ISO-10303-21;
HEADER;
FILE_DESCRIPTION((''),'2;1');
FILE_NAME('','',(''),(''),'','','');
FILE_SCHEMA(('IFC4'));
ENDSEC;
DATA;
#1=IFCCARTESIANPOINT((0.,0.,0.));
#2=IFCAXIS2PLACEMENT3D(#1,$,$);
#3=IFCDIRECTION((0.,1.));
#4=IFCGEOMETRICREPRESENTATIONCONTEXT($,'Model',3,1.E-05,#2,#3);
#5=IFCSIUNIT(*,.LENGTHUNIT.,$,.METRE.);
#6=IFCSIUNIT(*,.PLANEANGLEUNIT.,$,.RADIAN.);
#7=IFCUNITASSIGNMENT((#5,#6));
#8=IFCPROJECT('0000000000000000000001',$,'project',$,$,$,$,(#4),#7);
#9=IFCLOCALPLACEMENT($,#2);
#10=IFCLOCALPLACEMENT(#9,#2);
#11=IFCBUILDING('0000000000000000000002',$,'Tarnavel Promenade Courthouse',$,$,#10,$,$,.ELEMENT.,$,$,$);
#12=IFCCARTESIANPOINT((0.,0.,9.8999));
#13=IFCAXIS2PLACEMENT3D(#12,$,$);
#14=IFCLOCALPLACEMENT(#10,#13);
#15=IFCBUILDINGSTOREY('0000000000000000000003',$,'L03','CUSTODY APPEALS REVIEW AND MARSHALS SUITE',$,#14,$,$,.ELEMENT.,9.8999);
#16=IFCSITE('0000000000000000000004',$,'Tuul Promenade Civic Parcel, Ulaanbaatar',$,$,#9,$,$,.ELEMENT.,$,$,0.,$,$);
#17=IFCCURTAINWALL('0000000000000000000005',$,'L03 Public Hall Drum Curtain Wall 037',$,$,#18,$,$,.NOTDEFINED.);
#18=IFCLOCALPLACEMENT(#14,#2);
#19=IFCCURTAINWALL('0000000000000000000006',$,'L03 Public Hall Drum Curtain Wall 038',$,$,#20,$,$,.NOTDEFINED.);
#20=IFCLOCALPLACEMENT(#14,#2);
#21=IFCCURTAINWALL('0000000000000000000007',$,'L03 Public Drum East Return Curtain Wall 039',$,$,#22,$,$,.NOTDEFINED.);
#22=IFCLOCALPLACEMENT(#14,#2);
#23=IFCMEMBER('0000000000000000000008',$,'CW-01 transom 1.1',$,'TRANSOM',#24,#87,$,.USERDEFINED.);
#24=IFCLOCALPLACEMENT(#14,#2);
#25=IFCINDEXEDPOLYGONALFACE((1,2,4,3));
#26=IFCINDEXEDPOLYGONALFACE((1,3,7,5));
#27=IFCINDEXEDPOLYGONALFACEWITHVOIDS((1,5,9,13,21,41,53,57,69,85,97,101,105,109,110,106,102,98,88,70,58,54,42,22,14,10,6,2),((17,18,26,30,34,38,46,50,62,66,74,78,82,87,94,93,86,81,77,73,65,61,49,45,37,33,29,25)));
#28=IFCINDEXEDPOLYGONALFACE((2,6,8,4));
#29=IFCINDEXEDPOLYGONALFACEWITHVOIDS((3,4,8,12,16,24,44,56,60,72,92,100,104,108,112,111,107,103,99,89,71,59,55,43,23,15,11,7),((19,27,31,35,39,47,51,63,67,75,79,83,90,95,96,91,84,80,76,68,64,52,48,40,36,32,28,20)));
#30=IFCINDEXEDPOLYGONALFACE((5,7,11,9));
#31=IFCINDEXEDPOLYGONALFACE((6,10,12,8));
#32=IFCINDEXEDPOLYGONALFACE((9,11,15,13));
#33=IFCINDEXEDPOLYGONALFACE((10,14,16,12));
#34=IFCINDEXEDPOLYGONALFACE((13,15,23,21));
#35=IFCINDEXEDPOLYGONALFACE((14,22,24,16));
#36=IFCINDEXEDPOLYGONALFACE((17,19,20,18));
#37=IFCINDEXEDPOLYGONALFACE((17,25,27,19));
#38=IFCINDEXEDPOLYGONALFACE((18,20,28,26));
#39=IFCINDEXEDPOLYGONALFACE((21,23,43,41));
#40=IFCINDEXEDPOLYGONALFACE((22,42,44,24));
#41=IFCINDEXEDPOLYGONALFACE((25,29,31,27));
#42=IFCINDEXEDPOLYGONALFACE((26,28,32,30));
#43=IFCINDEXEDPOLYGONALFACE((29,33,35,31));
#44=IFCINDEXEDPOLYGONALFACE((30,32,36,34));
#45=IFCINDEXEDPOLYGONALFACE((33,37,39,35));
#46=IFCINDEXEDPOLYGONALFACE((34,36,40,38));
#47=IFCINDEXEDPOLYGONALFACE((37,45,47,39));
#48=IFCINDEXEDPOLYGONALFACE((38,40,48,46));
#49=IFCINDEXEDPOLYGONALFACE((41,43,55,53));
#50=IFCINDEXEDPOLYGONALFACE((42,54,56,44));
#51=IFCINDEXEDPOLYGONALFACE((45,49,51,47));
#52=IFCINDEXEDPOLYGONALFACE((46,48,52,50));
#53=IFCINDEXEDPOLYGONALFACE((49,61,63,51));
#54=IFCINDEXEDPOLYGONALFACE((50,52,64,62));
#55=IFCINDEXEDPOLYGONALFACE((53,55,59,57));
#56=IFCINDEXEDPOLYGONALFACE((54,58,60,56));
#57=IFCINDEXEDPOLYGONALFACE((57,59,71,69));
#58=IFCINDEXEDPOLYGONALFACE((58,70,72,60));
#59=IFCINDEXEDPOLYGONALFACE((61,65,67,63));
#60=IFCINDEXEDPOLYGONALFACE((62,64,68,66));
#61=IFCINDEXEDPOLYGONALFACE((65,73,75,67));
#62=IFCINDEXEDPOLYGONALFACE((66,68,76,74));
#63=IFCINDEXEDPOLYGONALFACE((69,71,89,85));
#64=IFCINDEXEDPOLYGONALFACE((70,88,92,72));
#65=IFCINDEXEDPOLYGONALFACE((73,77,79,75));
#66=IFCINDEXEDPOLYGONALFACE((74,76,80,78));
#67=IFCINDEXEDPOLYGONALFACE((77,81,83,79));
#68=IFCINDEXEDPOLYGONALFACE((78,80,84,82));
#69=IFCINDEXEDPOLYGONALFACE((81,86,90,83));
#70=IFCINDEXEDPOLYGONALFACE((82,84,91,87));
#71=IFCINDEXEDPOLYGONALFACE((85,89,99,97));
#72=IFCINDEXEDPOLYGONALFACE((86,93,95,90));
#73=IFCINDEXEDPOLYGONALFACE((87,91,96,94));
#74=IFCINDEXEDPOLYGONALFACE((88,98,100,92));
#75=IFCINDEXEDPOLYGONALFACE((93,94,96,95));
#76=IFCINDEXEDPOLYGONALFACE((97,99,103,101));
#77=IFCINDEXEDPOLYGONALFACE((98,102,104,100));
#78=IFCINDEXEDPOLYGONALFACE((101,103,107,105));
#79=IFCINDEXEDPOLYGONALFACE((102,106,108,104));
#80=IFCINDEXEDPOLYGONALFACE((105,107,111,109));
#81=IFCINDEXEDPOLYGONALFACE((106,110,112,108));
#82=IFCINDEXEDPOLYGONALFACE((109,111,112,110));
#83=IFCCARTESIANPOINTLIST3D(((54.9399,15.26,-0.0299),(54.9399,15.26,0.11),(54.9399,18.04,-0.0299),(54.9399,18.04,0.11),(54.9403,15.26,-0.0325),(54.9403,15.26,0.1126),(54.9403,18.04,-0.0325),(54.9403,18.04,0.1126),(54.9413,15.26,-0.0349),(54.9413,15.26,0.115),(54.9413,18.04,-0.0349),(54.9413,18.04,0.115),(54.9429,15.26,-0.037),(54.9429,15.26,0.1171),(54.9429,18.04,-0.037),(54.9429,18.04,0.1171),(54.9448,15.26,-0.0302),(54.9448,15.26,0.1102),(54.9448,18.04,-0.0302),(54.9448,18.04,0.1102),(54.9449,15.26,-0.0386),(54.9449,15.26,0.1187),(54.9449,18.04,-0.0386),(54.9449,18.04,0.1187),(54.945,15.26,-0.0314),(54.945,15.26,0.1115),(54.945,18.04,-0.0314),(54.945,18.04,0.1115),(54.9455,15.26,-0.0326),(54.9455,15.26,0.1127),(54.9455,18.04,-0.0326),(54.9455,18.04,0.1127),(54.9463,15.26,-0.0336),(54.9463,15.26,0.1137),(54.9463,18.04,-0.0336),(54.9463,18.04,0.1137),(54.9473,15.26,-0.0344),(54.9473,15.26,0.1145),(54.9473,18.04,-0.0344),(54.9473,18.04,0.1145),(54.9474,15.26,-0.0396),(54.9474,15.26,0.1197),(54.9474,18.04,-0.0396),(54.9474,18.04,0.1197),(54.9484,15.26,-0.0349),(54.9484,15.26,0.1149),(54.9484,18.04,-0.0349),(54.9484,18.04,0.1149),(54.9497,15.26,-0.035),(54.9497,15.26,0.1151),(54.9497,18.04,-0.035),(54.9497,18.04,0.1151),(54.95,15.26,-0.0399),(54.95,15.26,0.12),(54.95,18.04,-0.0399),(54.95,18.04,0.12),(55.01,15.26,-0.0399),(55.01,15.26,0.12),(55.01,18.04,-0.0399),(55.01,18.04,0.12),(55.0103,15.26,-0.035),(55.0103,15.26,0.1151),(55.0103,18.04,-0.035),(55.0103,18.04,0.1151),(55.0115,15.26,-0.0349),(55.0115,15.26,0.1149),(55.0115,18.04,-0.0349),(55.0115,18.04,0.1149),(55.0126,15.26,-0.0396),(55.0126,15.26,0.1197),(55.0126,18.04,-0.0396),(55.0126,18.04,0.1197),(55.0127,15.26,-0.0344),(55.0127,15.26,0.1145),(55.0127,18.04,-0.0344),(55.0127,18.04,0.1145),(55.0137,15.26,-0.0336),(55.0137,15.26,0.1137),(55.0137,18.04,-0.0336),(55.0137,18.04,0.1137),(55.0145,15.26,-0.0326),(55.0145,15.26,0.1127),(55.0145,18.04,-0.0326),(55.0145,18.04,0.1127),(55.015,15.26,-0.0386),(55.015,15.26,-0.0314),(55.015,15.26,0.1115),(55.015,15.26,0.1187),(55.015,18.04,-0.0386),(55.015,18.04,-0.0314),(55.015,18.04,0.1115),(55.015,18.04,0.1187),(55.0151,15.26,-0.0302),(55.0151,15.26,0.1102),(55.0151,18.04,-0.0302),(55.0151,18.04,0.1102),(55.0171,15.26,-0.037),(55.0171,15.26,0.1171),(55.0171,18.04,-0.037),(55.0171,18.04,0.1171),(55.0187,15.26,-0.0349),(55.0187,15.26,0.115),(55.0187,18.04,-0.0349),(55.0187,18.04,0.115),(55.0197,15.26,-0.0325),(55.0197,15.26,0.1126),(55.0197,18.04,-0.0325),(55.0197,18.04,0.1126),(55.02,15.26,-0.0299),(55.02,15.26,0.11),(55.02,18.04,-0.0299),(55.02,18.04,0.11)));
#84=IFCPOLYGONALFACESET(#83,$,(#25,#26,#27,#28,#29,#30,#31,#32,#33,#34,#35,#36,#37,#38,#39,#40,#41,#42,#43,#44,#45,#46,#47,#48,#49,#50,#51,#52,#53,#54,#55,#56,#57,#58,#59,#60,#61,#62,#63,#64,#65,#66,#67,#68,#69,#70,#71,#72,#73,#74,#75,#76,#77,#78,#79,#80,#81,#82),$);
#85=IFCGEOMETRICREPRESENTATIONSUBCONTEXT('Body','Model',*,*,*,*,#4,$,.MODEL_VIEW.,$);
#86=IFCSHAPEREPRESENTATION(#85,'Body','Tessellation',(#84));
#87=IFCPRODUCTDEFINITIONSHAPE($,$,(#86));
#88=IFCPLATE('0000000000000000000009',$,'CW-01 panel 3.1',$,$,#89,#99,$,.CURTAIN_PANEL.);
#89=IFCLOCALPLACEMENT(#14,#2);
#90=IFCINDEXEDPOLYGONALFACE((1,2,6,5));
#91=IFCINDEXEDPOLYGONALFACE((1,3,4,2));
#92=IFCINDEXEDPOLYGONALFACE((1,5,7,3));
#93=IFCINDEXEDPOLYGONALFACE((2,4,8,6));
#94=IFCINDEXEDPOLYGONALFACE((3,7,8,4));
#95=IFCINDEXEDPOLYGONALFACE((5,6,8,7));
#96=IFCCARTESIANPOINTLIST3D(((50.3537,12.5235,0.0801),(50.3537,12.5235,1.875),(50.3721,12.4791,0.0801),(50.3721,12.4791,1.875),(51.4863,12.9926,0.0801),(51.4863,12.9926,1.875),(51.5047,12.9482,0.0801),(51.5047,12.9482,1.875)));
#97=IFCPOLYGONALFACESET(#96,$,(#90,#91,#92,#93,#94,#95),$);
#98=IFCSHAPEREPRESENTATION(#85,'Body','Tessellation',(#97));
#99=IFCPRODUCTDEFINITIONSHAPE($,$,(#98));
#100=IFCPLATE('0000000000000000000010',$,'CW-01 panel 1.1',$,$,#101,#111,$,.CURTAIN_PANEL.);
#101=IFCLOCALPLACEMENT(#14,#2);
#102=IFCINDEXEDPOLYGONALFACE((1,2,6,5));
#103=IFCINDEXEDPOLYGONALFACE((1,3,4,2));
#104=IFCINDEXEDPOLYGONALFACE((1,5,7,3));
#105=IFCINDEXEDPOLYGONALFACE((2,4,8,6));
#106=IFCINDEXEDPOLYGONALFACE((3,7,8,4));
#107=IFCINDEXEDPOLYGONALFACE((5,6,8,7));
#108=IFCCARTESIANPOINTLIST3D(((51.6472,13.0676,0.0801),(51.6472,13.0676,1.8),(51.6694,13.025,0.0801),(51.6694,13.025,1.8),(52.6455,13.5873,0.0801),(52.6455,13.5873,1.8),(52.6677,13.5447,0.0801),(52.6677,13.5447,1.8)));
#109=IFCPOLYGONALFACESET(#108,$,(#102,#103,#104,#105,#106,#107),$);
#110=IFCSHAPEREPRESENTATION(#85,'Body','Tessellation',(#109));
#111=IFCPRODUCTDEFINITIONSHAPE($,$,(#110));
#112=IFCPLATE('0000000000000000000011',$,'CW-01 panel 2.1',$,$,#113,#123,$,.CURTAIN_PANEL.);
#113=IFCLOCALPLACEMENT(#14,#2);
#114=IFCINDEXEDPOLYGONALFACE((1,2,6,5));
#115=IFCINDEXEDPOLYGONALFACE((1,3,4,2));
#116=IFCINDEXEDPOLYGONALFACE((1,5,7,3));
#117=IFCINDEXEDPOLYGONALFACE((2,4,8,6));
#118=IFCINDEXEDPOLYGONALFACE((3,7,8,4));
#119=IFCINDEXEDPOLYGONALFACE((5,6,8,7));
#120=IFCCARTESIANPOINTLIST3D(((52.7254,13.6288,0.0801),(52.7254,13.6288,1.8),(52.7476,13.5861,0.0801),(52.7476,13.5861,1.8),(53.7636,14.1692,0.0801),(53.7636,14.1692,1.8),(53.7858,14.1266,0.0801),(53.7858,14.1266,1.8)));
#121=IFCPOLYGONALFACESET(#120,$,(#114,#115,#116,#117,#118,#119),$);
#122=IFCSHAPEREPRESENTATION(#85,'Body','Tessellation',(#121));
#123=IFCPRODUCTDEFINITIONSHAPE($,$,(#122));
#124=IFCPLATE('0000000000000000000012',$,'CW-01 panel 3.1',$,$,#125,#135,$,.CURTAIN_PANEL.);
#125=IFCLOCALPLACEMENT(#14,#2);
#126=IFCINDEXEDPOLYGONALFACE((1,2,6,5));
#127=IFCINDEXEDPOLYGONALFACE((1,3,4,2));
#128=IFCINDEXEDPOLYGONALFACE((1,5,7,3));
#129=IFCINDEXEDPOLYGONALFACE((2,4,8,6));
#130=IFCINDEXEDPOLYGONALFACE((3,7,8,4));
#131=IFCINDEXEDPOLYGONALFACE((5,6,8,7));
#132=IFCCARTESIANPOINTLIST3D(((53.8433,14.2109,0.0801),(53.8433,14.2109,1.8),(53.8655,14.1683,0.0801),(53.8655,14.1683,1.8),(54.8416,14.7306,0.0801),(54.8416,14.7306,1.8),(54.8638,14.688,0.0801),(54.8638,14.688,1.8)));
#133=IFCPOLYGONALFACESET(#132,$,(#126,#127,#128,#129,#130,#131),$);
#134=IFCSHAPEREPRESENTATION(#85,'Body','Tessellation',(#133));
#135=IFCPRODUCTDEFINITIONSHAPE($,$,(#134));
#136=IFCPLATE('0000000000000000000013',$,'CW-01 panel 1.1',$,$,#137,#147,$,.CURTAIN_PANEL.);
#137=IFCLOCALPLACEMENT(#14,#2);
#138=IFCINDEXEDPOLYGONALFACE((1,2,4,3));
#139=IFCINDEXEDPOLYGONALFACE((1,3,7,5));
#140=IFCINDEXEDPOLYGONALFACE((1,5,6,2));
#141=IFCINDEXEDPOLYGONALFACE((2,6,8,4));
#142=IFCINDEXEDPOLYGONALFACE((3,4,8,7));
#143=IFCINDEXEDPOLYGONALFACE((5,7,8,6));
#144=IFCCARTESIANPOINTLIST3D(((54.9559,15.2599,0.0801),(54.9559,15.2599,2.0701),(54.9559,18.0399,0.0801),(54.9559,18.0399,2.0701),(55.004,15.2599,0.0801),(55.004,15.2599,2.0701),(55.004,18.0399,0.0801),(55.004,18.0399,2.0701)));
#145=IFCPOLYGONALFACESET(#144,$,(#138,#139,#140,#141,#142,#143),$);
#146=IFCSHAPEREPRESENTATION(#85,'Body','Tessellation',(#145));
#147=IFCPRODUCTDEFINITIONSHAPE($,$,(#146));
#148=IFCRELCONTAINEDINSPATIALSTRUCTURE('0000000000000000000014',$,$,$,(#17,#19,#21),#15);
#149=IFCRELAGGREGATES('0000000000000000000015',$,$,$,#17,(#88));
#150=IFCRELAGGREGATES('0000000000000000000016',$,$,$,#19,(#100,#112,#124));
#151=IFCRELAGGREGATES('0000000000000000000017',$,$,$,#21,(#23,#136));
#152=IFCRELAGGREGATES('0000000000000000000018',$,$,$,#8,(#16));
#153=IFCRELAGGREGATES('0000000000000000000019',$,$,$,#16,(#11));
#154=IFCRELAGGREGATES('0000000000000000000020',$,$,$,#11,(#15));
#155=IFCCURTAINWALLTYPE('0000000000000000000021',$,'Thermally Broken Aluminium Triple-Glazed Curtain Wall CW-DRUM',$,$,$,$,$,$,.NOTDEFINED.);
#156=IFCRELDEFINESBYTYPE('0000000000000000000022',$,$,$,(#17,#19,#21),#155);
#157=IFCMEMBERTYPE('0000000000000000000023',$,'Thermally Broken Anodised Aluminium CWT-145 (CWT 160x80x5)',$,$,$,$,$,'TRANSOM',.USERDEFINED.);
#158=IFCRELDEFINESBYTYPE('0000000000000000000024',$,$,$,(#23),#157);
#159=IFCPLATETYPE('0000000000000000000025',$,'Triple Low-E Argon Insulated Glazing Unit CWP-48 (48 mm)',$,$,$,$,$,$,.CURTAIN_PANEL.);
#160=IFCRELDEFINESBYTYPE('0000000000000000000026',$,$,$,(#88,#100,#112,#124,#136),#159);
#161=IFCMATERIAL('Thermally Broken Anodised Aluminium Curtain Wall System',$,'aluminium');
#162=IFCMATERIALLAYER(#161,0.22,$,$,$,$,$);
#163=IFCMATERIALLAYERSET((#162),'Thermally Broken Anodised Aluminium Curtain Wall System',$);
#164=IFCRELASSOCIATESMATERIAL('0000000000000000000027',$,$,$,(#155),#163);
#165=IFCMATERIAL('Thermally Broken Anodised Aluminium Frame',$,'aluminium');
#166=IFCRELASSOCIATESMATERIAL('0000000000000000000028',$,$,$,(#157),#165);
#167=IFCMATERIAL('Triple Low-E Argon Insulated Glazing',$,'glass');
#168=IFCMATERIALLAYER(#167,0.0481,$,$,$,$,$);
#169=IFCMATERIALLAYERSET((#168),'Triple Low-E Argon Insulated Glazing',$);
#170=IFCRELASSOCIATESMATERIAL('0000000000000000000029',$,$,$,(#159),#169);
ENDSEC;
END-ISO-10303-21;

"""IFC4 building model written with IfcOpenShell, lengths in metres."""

from ifc_helpers import new_model, si_unit, direction, frame, origin, origin_2d, place, context, subcontext, project, spatial, rectangle, hollow_rectangle, extrude, material, layer, layer_set, material_profile, profile_set, type_object, element, aggregate, save


model = new_model("IFC4")

# Units and contexts
model_context = context("Model", 3, precision=1e-05, world=origin(), true_north=direction((0.0, 1.0)))
body_context = subcontext(model_context, "Body", "Model", "MODEL_VIEW")
ifc_project = project(units=[si_unit("LENGTHUNIT", "METRE"), si_unit("PLANEANGLEUNIT", "RADIAN")], contexts=[model_context])

# Site, building, storey
site_placement = place(None, origin())
site = spatial("IfcSite", under=ifc_project, at=site_placement, Name="Tuul Promenade Civic Parcel, Ulaanbaatar", CompositionType="ELEMENT", RefElevation=0.0)
building_placement = place(site_placement, origin())
building = spatial("IfcBuilding", under=site, at=building_placement, Name="Tarnavel Promenade Courthouse", CompositionType="ELEMENT")
storey_placement = place(building_placement, frame((0.0, 0.0, 9.8999)))
storey = spatial("IfcBuildingStorey", under=building, at=storey_placement, Name="L03", Description="CUSTODY APPEALS REVIEW AND MARSHALS SUITE", CompositionType="ELEMENT", Elevation=9.8999)

# Curtain walls
ifc_material_1 = material(Name="Thermally Broken Anodised Aluminium Curtain Wall System", Category="aluminium")
ifc_layer_1 = layer(ifc_material_1, 0.22)
ifc_layer_set_1 = layer_set([ifc_layer_1], Name="Thermally Broken Anodised Aluminium Curtain Wall System")
curtain_wall_type = type_object("IfcCurtainWallType", Name="Thermally Broken Aluminium Triple-Glazed Curtain Wall CW-DRUM", PredefinedType="NOTDEFINED", material=ifc_layer_set_1)
curtain_wall_1_placement = place(storey_placement, origin())
curtain_wall_1 = element("IfcCurtainWall", 1, at=curtain_wall_1_placement, inside=storey, type_object=curtain_wall_type, Name="L03 Public Hall Drum Curtain Wall 037", PredefinedType="NOTDEFINED")
ifc_material_2 = material(Name="Thermally Broken Anodised Aluminium Frame", Category="aluminium")
curtain_wall_2_placement = place(storey_placement, origin())
curtain_wall_2 = element("IfcCurtainWall", 2, at=curtain_wall_2_placement, inside=storey, type_object=curtain_wall_type, Name="L03 Public Hall Drum Curtain Wall 038", PredefinedType="NOTDEFINED")

# Curtain wall
curtain_wall_3_placement = place(storey_placement, origin())
curtain_wall_3 = element("IfcCurtainWall", 3, at=curtain_wall_3_placement, inside=storey, type_object=curtain_wall_type, Name="L03 Public Drum East Return Curtain Wall 039", PredefinedType="NOTDEFINED")

# Member
ifc_material_profile_1 = material_profile(ifc_material_2, hollow_rectangle(XDim=0.0801, YDim=0.1599, WallThickness=0.0049, InnerFilletRadius=0.0049, OuterFilletRadius=0.01, at=origin_2d()), Name="CWT 160x80x5")
ifc_profile_set_1 = profile_set([ifc_material_profile_1], Name="Thermally Broken Anodised Aluminium Frame")
member_type_1 = type_object("IfcMemberType", Name="Thermally Broken Anodised Aluminium CWT-145 (CWT 160x80x5)", ElementType="TRANSOM", PredefinedType="USERDEFINED", material=ifc_profile_set_1)
member_1_placement = place(storey_placement, frame((54.98, 15.26, 0.04), z_axis=(0.0, 1.0, 0.0), x_axis=(-1.0, 0.0, 0.0)))
member_1 = element("IfcMember", 4, at=member_1_placement, type_object=member_type_1, Name="CW-01 transom 1.1", ObjectType="TRANSOM", PredefinedType="USERDEFINED", context=body_context, shape_type="SweptSolid", body=[
    extrude(hollow_rectangle(XDim=0.0801, YDim=0.1599, WallThickness=0.0049, InnerFilletRadius=0.0049, OuterFilletRadius=0.01, at=origin_2d()), origin(), (0.0, 0.0, 1.0), 2.78),
])

# Plates
ifc_material_3 = material(Name="Triple Low-E Argon Insulated Glazing", Category="glass")
ifc_layer_2 = layer(ifc_material_3, 0.0481)
ifc_layer_set_2 = layer_set([ifc_layer_2], Name="Triple Low-E Argon Insulated Glazing")
plate_type = type_object("IfcPlateType", Name="Triple Low-E Argon Insulated Glazing Unit CWP-48 (48 mm)", PredefinedType="CURTAIN_PANEL", material=ifc_layer_set_2)
plate_1_placement = place(storey_placement, frame((50.9292, 12.7358, 0.0801), z_axis=(0.0, 0.0, 1.0), x_axis=(0.923879, 0.382685, 0.0)))
plate_1 = element("IfcPlate", 5, at=plate_1_placement, type_object=plate_type, Name="CW-01 panel 3.1", PredefinedType="CURTAIN_PANEL", context=body_context, shape_type="SweptSolid", body=[
    extrude(rectangle(XDim=1.2258, YDim=0.0481, at=origin_2d()), origin(), (0.0, 0.0, 1.0), 1.7949),
])
aggregate(curtain_wall_1, [plate_1])
plate_2_placement = place(storey_placement, frame((52.1575, 13.3062, 0.0801), z_axis=(0.0, 0.0, 1.0), x_axis=(0.887011, 0.461747, 0.0)))
plate_2 = element("IfcPlate", 6, at=plate_2_placement, type_object=plate_type, Name="CW-01 panel 1.1", PredefinedType="CURTAIN_PANEL", context=body_context, shape_type="SweptSolid", body=[
    extrude(rectangle(XDim=1.1255, YDim=0.0481, at=origin_2d()), origin(), (0.0, 0.0, 1.0), 1.72),
])
plate_3_placement = place(storey_placement, frame((53.2556, 13.8777, 0.0801), z_axis=(0.0, 0.0, 1.0), x_axis=(0.887011, 0.461747, 0.0)))
plate_3 = element("IfcPlate", 7, at=plate_3_placement, type_object=plate_type, Name="CW-01 panel 2.1", PredefinedType="CURTAIN_PANEL", context=body_context, shape_type="SweptSolid", body=[
    extrude(rectangle(XDim=1.1704, YDim=0.0481, at=origin_2d()), origin(), (0.0, 0.0, 1.0), 1.72),
])
plate_4_placement = place(storey_placement, frame((54.3535, 14.4495, 0.0801), z_axis=(0.0, 0.0, 1.0), x_axis=(0.887011, 0.461747, 0.0)))
plate_4 = element("IfcPlate", 8, at=plate_4_placement, type_object=plate_type, Name="CW-01 panel 3.1", PredefinedType="CURTAIN_PANEL", context=body_context, shape_type="SweptSolid", body=[
    extrude(rectangle(XDim=1.1255, YDim=0.0481, at=origin_2d()), origin(), (0.0, 0.0, 1.0), 1.72),
])
aggregate(curtain_wall_2, [plate_2, plate_3, plate_4])
plate_5_placement = place(storey_placement, frame((54.98, 16.6499, 0.0801), z_axis=(0.0, 0.0, 1.0), x_axis=(0.0, 1.0, 0.0)))
plate_5 = element("IfcPlate", 9, at=plate_5_placement, type_object=plate_type, Name="CW-01 panel 1.1", PredefinedType="CURTAIN_PANEL", context=body_context, shape_type="SweptSolid", body=[
    extrude(rectangle(XDim=2.78, YDim=0.0481, at=origin_2d()), origin(), (0.0, 0.0, 1.0), 1.99),
])
aggregate(curtain_wall_3, [member_1, plate_5])

save(model, "model.ifc")
